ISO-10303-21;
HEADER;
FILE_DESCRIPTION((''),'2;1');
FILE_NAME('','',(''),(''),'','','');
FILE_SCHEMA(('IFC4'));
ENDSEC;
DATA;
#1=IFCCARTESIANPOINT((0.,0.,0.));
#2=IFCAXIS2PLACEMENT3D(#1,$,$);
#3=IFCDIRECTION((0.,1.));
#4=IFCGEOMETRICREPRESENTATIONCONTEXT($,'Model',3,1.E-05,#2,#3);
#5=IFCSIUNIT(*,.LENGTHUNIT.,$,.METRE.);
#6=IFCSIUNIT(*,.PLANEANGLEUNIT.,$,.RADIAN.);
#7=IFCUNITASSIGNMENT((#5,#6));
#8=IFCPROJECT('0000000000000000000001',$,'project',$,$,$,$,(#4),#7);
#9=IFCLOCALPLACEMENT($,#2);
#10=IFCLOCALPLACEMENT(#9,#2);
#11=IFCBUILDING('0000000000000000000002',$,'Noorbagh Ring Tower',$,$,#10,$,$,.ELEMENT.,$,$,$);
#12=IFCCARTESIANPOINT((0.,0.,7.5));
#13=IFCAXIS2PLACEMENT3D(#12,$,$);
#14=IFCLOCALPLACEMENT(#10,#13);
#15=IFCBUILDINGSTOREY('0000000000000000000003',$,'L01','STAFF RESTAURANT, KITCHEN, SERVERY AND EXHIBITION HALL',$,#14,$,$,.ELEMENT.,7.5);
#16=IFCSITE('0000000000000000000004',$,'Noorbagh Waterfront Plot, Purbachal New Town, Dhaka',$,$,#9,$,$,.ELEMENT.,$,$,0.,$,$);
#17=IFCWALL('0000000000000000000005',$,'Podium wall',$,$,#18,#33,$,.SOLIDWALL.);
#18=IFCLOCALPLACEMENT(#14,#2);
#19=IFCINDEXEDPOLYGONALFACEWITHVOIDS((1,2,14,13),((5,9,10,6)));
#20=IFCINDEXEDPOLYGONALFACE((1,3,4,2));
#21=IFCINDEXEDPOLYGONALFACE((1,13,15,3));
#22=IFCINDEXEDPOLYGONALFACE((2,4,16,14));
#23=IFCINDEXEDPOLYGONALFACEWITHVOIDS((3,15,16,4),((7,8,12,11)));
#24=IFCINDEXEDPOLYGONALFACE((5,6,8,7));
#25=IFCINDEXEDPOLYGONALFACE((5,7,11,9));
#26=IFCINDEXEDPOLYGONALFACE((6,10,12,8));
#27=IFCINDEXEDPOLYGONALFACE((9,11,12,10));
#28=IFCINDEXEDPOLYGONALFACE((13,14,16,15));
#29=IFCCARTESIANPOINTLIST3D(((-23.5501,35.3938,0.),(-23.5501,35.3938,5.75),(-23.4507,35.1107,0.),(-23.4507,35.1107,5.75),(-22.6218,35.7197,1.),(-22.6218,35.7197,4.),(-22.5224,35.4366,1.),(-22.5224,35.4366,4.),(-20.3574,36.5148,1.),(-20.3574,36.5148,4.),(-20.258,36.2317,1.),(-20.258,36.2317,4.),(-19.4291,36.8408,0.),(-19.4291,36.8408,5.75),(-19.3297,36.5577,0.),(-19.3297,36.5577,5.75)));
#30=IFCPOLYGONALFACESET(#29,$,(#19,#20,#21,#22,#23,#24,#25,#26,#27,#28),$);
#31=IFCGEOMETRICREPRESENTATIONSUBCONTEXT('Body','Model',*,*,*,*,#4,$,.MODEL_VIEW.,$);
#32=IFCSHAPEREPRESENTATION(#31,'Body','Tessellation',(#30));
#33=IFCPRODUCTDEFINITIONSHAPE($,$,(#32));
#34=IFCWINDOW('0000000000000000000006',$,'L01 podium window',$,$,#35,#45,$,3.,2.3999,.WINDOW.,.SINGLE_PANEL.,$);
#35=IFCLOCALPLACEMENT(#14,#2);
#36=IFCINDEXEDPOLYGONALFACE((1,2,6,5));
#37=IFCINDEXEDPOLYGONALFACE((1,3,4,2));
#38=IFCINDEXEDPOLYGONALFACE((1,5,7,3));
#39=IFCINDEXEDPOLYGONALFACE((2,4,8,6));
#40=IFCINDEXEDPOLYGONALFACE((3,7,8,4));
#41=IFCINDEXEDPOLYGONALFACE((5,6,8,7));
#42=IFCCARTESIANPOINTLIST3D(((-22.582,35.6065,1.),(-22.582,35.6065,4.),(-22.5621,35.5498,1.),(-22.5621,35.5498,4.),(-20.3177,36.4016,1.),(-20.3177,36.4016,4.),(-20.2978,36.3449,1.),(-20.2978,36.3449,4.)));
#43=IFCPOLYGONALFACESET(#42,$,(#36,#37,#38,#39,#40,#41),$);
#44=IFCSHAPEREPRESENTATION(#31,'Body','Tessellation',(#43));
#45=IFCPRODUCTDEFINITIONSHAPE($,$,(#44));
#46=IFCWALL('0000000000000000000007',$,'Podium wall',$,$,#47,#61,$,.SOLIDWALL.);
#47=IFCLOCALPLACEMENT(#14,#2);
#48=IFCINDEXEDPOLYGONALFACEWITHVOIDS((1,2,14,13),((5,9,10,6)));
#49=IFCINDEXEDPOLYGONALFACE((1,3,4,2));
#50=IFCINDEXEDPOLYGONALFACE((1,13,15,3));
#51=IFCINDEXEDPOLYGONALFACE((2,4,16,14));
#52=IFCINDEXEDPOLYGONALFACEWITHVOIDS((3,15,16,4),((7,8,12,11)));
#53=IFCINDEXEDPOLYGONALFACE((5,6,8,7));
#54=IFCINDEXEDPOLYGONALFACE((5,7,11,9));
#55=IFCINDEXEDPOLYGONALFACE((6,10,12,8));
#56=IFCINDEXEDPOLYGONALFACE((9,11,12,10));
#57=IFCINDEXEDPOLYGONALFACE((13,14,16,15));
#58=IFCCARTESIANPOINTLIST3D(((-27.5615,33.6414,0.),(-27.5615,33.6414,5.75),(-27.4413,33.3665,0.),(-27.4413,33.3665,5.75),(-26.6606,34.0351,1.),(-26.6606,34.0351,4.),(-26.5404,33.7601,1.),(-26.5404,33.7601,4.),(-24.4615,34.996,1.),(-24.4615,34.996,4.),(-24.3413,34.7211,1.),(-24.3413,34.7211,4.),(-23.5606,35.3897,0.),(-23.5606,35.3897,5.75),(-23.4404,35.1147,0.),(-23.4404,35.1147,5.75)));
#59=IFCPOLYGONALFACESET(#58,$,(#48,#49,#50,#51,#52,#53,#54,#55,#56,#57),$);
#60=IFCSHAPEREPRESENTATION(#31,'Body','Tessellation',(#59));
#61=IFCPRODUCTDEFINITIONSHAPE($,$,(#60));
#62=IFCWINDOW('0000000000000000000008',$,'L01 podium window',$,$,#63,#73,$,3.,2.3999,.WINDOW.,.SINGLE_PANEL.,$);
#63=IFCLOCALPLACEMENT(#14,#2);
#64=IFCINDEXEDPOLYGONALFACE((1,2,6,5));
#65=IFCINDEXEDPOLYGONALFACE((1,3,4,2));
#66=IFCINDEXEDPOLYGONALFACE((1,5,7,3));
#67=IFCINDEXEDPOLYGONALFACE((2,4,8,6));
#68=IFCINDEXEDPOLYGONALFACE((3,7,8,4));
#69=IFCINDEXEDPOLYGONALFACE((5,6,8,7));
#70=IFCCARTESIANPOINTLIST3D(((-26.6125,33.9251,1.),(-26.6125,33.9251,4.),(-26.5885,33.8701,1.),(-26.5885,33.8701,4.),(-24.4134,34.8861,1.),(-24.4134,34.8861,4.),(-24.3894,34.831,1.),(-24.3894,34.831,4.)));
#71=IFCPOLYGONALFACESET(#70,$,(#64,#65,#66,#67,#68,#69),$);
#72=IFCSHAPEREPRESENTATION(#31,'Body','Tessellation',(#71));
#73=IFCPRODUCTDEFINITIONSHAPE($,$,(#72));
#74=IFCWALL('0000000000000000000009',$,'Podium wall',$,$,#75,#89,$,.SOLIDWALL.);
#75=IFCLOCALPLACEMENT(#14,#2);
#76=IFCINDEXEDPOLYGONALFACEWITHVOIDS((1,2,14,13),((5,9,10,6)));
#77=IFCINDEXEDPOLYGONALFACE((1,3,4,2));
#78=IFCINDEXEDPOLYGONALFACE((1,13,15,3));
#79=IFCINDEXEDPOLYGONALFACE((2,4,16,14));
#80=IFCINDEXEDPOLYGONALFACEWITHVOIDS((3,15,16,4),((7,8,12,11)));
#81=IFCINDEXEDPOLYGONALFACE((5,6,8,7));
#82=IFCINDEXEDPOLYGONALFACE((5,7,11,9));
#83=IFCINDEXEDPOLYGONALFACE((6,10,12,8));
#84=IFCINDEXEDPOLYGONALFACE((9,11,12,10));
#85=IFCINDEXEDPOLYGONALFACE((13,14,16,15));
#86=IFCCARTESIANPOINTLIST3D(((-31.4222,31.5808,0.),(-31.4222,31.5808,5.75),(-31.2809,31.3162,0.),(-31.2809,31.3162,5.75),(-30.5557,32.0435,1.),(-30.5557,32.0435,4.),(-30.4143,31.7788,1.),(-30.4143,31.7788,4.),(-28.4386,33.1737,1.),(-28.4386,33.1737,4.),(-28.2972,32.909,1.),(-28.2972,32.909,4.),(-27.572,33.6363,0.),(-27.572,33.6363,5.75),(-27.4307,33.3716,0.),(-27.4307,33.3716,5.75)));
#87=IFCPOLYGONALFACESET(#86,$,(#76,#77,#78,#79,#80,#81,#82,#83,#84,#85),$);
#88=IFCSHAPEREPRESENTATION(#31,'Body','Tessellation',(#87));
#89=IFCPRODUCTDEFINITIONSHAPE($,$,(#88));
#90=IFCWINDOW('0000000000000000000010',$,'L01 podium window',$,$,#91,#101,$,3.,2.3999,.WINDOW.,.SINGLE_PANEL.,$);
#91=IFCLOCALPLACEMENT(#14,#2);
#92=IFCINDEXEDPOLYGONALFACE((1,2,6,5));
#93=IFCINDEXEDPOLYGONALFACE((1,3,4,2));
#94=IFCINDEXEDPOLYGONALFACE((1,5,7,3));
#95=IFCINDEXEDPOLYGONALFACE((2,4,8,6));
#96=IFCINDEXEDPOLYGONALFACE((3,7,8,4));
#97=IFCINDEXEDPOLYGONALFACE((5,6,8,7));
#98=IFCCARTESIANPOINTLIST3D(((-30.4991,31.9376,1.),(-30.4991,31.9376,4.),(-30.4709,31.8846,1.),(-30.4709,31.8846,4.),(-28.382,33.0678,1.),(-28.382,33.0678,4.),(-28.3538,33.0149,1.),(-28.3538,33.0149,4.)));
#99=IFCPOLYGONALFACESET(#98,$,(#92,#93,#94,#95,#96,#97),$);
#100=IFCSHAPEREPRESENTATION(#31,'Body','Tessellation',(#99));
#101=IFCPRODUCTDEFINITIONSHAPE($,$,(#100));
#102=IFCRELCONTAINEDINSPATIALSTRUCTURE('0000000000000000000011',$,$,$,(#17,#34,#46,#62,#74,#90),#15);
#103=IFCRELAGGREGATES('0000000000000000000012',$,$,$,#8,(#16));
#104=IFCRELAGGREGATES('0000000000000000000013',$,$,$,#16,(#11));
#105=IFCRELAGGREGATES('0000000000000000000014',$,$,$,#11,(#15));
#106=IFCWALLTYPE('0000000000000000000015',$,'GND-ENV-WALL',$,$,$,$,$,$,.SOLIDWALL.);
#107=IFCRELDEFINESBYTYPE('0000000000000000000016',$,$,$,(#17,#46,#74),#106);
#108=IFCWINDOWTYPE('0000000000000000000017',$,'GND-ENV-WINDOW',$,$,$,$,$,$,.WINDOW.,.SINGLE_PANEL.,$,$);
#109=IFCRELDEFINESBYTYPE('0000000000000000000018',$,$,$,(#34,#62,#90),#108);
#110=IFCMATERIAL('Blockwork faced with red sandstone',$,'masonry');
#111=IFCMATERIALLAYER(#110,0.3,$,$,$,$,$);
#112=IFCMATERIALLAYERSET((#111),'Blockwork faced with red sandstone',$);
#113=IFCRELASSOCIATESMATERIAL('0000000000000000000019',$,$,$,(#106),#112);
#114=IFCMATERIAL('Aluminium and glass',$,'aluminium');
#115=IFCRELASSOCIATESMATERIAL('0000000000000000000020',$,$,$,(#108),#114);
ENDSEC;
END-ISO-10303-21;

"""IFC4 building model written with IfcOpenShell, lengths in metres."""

from ifc_helpers import new_model, si_unit, direction, frame, frame_2d, origin, place, context, subcontext, project, spatial, rectangle, extrude, material, layer, layer_set, type_object, element, fill, save


model = new_model("IFC4")

# Units and contexts
model_context = context("Model", 3, precision=1e-05, world=origin(), true_north=direction((0.0, 1.0)))
body_context = subcontext(model_context, "Body", "Model", "MODEL_VIEW")
ifc_project = project(units=[si_unit("LENGTHUNIT", "METRE"), si_unit("PLANEANGLEUNIT", "RADIAN")], contexts=[model_context])

# Site, building, storey
site_placement = place(None, origin())
site = spatial("IfcSite", under=ifc_project, at=site_placement, Name="Noorbagh Waterfront Plot, Purbachal New Town, Dhaka", CompositionType="ELEMENT", RefElevation=0.0)
building_placement = place(site_placement, origin())
building = spatial("IfcBuilding", under=site, at=building_placement, Name="Noorbagh Ring Tower", CompositionType="ELEMENT")
storey_placement = place(building_placement, frame((0.0, 0.0, 7.5)))
storey = spatial("IfcBuildingStorey", under=building, at=storey_placement, Name="L01", Description="STAFF RESTAURANT, KITCHEN, SERVERY AND EXHIBITION HALL", CompositionType="ELEMENT", Elevation=7.5)

# Walls, openings, windows
ifc_material_1 = material(Name="Blockwork faced with red sandstone", Category="masonry")
ifc_layer = layer(ifc_material_1, 0.3)
ifc_layer_set = layer_set([ifc_layer], Name="Blockwork faced with red sandstone")
wall_type = type_object("IfcWallType", Name="GND-ENV-WALL", PredefinedType="SOLIDWALL", material=ifc_layer_set)
ifc_material_2 = material(Name="Aluminium and glass", Category="aluminium")
window_type = type_object("IfcWindowType", Name="GND-ENV-WINDOW", PartitioningType="SINGLE_PANEL", PredefinedType="WINDOW", material=ifc_material_2)
wall_1_placement = place(storey_placement, frame((-19.3794, 36.6992, 0.0), z_axis=(0.0, 0.0, 1.0), x_axis=(-0.943527, -0.331296, 0.0)))
wall_1 = element("IfcWall", 1, at=wall_1_placement, inside=storey, type_object=wall_type, Name="Podium wall", PredefinedType="SOLIDWALL", context=body_context, shape_type="SweptSolid", body=[
    extrude(rectangle(XDim=4.3677, YDim=0.3, at=frame_2d((2.1838, 0.0))), origin(), (0.0, 0.0, 1.0), 5.75),
])
opening_1_placement = place(wall_1_placement, frame((0.9839, 0.0, 1.0)))
opening_1 = element("IfcOpeningElement", 2, at=opening_1_placement, cuts=wall_1, PredefinedType="OPENING", context=body_context, shape_type="SweptSolid", body=[
    extrude(rectangle(XDim=2.3999, YDim=3.0, at=frame_2d((1.2, 1.5))), frame((0.0, 0.1602, 0.0), z_axis=(0.0, -1.0, 0.0), x_axis=(1.0, 0.0, 0.0)), (0.0, 0.0, 1.0), 0.3201),
])
window_1_placement = place(opening_1_placement, origin())
window_1 = element("IfcWindow", 3, at=window_1_placement, inside=storey, type_object=window_type, Name="L01 podium window", OverallHeight=3.0, OverallWidth=2.3999, PartitioningType="SINGLE_PANEL", PredefinedType="WINDOW", context=body_context, shape_type="SweptSolid", body=[
    extrude(rectangle(XDim=2.3999, YDim=3.0, at=frame_2d((1.2, 1.5))), frame((0.0, 0.03, 0.0), z_axis=(0.0, -1.0, 0.0), x_axis=(1.0, 0.0, 0.0)), (0.0, 0.0, 1.0), 0.0601),
])
fill(opening_1, window_1)
wall_2_placement = place(storey_placement, frame((-23.5005, 35.2522, 0.0), z_axis=(0.0, 0.0, 1.0), x_axis=(-0.916337, -0.400408, 0.0)))
wall_2 = element("IfcWall", 4, at=wall_2_placement, inside=storey, type_object=wall_type, Name="Podium wall", PredefinedType="SOLIDWALL", context=body_context, shape_type="SweptSolid", body=[
    extrude(rectangle(XDim=4.3662, YDim=0.3, at=frame_2d((2.1831, 0.0))), origin(), (0.0, 0.0, 1.0), 5.75),
])
opening_2_placement = place(wall_2_placement, frame((0.9832, 0.0, 1.0)))
opening_2 = element("IfcOpeningElement", 5, at=opening_2_placement, cuts=wall_2, PredefinedType="OPENING", context=body_context, shape_type="SweptSolid", body=[
    extrude(rectangle(XDim=2.3999, YDim=3.0, at=frame_2d((1.2, 1.5))), frame((0.0, 0.1602, 0.0), z_axis=(0.0, -1.0, 0.0), x_axis=(1.0, 0.0, 0.0)), (0.0, 0.0, 1.0), 0.3201),
])
window_2_placement = place(opening_2_placement, origin())
window_2 = element("IfcWindow", 6, at=window_2_placement, inside=storey, type_object=window_type, Name="L01 podium window", OverallHeight=3.0, OverallWidth=2.3999, PartitioningType="SINGLE_PANEL", PredefinedType="WINDOW", context=body_context, shape_type="SweptSolid", body=[
    extrude(rectangle(XDim=2.3999, YDim=3.0, at=frame_2d((1.2, 1.5))), frame((0.0, 0.03, 0.0), z_axis=(0.0, -1.0, 0.0), x_axis=(1.0, 0.0, 0.0)), (0.0, 0.0, 1.0), 0.0601),
])
fill(opening_2, window_2)
wall_3_placement = place(storey_placement, frame((-27.5015, 33.5039, 0.0), z_axis=(0.0, 0.0, 1.0), x_axis=(-0.882159, -0.470951, 0.0)))
wall_3 = element("IfcWall", 7, at=wall_3_placement, inside=storey, type_object=wall_type, Name="Podium wall", PredefinedType="SOLIDWALL", context=body_context, shape_type="SweptSolid", body=[
    extrude(rectangle(XDim=4.3645, YDim=0.3, at=frame_2d((2.1821, 0.0))), origin(), (0.0, 0.0, 1.0), 5.75),
])
opening_3_placement = place(wall_3_placement, frame((0.9822, 0.0, 1.0)))
opening_3 = element("IfcOpeningElement", 8, at=opening_3_placement, cuts=wall_3, PredefinedType="OPENING", context=body_context, shape_type="SweptSolid", body=[
    extrude(rectangle(XDim=2.3999, YDim=3.0, at=frame_2d((1.2, 1.5))), frame((0.0, 0.1602, 0.0), z_axis=(0.0, -1.0, 0.0), x_axis=(1.0, 0.0, 0.0)), (0.0, 0.0, 1.0), 0.3201),
])
window_3_placement = place(opening_3_placement, origin())
window_3 = element("IfcWindow", 9, at=window_3_placement, inside=storey, type_object=window_type, Name="L01 podium window", OverallHeight=3.0, OverallWidth=2.3999, PartitioningType="SINGLE_PANEL", PredefinedType="WINDOW", context=body_context, shape_type="SweptSolid", body=[
    extrude(rectangle(XDim=2.3999, YDim=3.0, at=frame_2d((1.2, 1.5))), frame((0.0, 0.03, 0.0), z_axis=(0.0, -1.0, 0.0), x_axis=(1.0, 0.0, 0.0)), (0.0, 0.0, 1.0), 0.0601),
])
fill(opening_3, window_3)

save(model, "model.ifc")
